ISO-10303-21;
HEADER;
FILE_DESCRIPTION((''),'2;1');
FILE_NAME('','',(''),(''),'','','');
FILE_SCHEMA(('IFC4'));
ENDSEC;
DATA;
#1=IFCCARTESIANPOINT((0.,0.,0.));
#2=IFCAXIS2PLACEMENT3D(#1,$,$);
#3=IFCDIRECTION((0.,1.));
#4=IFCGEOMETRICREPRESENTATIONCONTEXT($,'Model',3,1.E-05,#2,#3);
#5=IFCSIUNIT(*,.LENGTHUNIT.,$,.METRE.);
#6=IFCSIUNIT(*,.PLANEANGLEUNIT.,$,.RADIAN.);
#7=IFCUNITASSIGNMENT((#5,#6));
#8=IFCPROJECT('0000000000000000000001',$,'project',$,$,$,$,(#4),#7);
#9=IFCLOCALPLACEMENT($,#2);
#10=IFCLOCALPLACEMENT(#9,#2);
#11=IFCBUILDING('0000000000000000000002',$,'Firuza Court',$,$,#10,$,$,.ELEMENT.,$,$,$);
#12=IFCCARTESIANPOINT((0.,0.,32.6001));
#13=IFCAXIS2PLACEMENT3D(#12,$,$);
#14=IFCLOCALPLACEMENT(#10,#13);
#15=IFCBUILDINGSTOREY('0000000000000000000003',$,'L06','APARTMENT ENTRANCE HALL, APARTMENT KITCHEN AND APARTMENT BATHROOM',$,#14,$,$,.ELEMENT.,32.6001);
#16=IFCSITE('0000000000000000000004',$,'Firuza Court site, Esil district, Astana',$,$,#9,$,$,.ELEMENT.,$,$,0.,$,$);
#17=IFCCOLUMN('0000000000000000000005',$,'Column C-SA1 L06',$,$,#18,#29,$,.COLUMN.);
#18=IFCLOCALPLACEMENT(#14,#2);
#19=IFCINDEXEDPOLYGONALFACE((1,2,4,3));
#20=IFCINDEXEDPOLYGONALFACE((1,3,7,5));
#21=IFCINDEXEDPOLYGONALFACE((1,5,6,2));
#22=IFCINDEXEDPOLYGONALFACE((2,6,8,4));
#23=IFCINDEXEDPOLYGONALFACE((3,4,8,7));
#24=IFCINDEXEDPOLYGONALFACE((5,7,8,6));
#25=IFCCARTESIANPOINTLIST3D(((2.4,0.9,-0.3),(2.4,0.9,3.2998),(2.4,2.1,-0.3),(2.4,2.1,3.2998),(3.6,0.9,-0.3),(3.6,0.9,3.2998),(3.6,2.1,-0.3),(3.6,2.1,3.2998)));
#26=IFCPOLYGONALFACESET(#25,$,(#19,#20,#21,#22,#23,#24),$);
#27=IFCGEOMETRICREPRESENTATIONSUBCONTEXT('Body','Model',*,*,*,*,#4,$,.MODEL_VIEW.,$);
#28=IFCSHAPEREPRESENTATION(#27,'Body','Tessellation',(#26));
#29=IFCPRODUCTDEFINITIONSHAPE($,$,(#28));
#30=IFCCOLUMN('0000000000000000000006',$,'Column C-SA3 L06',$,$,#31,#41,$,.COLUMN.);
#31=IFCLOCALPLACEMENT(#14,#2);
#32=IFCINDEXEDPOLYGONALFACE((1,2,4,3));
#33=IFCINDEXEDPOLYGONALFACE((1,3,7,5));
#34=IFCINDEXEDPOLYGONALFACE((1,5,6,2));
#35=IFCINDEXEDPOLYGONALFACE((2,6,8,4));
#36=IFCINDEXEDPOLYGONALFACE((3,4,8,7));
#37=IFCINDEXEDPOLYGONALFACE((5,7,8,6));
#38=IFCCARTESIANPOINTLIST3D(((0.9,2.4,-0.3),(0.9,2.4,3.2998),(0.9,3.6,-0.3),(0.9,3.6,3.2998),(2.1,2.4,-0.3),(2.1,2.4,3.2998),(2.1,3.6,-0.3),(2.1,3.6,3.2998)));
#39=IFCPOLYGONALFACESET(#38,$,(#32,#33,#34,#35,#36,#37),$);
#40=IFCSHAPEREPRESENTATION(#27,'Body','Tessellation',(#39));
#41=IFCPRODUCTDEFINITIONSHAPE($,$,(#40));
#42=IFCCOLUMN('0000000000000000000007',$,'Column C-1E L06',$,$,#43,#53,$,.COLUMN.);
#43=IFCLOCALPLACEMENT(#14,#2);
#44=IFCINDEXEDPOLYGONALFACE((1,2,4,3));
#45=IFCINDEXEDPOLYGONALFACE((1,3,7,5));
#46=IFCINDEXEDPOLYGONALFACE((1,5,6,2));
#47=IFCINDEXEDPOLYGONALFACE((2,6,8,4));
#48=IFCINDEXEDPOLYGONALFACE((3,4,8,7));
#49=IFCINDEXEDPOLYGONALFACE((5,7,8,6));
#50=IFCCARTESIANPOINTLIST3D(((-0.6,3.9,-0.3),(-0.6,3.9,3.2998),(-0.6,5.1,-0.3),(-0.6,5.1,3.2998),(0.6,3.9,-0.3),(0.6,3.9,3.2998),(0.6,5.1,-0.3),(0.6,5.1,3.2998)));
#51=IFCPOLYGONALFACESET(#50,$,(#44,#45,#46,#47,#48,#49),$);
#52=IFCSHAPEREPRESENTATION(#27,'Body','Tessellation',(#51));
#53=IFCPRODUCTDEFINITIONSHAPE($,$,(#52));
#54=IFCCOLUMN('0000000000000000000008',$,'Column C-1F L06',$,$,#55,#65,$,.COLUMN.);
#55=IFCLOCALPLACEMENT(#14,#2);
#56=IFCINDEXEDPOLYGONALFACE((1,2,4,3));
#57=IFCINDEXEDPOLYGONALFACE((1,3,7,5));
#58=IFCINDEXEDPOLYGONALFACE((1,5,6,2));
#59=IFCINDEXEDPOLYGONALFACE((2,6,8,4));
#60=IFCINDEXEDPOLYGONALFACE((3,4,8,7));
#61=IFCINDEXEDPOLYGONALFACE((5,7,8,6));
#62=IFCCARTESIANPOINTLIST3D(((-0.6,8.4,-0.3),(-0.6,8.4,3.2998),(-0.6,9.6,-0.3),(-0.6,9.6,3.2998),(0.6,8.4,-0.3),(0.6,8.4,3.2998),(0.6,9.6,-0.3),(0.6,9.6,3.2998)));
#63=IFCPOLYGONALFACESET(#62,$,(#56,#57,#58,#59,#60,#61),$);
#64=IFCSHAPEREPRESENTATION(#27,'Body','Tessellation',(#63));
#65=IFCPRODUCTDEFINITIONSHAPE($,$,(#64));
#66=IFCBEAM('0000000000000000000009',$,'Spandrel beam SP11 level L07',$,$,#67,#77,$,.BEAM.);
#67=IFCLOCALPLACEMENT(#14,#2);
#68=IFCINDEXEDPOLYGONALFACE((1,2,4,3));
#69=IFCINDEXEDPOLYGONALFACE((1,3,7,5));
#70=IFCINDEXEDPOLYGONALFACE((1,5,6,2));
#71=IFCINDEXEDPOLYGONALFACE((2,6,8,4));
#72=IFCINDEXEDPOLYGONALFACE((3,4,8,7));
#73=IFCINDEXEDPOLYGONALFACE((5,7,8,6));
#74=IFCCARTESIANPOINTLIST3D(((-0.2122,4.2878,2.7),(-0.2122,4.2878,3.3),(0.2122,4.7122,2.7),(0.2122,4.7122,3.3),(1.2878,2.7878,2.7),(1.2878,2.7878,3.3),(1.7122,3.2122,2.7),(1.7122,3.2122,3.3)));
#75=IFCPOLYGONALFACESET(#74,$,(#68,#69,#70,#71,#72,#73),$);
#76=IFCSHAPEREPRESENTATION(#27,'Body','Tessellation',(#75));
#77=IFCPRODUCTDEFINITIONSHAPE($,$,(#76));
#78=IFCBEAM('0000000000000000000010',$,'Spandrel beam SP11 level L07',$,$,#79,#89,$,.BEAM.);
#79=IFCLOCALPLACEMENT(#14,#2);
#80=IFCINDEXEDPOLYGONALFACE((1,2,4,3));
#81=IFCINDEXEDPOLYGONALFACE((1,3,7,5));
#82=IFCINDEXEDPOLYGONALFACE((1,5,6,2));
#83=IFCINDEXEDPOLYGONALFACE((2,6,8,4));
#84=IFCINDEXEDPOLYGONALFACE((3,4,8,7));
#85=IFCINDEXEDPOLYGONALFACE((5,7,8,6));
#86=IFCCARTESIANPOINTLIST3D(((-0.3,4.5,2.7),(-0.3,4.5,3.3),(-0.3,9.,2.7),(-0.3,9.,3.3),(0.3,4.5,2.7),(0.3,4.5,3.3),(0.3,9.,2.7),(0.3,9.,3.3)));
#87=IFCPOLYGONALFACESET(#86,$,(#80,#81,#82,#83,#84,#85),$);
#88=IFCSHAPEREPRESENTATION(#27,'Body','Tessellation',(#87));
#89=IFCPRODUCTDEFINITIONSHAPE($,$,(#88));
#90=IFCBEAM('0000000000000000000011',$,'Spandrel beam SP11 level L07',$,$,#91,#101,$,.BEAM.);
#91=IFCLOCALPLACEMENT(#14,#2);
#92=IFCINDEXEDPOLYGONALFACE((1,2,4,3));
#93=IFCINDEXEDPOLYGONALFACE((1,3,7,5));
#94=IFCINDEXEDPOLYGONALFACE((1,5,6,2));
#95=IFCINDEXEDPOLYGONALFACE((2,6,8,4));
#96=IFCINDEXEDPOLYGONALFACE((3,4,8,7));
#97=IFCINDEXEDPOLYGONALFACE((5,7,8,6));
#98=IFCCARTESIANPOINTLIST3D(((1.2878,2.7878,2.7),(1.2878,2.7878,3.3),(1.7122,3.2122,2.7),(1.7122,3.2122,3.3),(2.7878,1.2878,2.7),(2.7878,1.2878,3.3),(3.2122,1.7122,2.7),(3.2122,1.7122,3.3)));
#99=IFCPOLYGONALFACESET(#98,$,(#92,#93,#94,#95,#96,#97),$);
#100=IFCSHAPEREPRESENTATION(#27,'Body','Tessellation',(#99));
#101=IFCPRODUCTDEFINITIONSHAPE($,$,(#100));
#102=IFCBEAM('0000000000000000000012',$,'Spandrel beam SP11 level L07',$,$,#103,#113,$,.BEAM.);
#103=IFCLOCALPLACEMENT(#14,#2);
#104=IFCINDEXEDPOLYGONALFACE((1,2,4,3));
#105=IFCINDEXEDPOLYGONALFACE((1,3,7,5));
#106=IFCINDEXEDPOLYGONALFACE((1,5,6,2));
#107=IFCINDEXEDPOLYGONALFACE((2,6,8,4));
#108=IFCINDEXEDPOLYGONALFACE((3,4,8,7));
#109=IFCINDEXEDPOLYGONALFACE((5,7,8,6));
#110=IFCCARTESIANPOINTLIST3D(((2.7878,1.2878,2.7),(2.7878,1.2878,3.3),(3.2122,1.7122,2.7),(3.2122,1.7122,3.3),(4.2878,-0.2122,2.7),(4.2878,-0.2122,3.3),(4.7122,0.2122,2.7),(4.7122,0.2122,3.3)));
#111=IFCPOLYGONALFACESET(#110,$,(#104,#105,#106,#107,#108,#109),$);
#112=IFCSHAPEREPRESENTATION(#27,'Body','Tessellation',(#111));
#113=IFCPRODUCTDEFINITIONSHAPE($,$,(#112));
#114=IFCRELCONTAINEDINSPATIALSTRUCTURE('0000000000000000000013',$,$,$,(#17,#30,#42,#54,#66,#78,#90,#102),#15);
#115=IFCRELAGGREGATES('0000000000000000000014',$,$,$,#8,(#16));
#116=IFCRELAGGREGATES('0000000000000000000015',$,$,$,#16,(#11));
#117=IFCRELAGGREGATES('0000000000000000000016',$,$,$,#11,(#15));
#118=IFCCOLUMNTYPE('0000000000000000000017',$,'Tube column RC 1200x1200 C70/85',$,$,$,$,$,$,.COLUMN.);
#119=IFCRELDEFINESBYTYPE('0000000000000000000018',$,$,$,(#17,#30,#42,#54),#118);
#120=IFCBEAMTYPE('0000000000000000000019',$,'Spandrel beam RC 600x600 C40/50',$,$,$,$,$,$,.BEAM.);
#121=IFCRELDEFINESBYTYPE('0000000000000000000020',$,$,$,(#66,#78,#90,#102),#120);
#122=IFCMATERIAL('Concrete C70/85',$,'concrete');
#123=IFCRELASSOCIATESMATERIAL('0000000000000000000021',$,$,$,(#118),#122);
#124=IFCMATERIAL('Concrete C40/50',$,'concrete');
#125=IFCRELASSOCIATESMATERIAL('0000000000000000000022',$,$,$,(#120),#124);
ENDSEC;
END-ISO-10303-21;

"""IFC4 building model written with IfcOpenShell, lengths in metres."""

from ifc_helpers import new_model, si_unit, direction, frame, origin, origin_2d, place, context, subcontext, project, spatial, rectangle, extrude, material, material_profile, profile_set, type_object, element, save


model = new_model("IFC4")

# Units and contexts
model_context = context("Model", 3, precision=1e-05, world=origin(), true_north=direction((0.0, 1.0)))
body_context = subcontext(model_context, "Body", "Model", "MODEL_VIEW")
ifc_project = project(units=[si_unit("LENGTHUNIT", "METRE"), si_unit("PLANEANGLEUNIT", "RADIAN")], contexts=[model_context])

# Site, building, storey
site_placement = place(None, origin())
site = spatial("IfcSite", under=ifc_project, at=site_placement, Name="Firuza Court site, Esil district, Astana", CompositionType="ELEMENT", RefElevation=0.0)
building_placement = place(site_placement, origin())
building = spatial("IfcBuilding", under=site, at=building_placement, Name="Firuza Court", CompositionType="ELEMENT")
storey_placement = place(building_placement, frame((0.0, 0.0, 32.6001)))
storey = spatial("IfcBuildingStorey", under=building, at=storey_placement, Name="L06", Description="APARTMENT ENTRANCE HALL, APARTMENT KITCHEN AND APARTMENT BATHROOM", CompositionType="ELEMENT", Elevation=32.6001)

# Columns
ifc_material_1 = material(Name="Concrete C70/85", Category="concrete")
ifc_material_profile_1 = material_profile(ifc_material_1, rectangle(XDim=1.2, YDim=1.2, at=origin_2d()), Name="RC 1200x1200")
ifc_profile_set_1 = profile_set([ifc_material_profile_1], Name="Concrete C70/85")
column_type = type_object("IfcColumnType", Name="Tube column RC 1200x1200 C70/85", PredefinedType="COLUMN", material=ifc_profile_set_1)
for number, where, z_axis, x_axis, name in (
    (1, (3.0, 1.5, -0.3), (0.0, 0.0, 1.0), (1.0, 0.0, 0.0), "Column C-SA1 L06"),
    (2, (1.5, 3.0, -0.3), (0.0, 0.0, 1.0), (1.0, 0.0, 0.0), "Column C-SA3 L06"),
    (3, (0.0, 4.5, -0.3), (0.0, 0.0, 1.0), (1.0, 0.0, 0.0), "Column C-1E L06"),
    (4, (0.0, 9.0, -0.3), (0.0, 0.0, 1.0), (1.0, 0.0, 0.0), "Column C-1F L06"),
):
    element("IfcColumn", number, at=place(storey_placement, frame(where, z_axis=z_axis, x_axis=x_axis)), inside=storey, type_object=column_type, Name=name, PredefinedType="COLUMN", context=body_context, shape_type="SweptSolid", body=[
        extrude(rectangle(XDim=1.2, YDim=1.2, at=origin_2d()), origin(), (0.0, 0.0, 1.0), 3.5999),
    ])

# Beams
ifc_material_2 = material(Name="Concrete C40/50", Category="concrete")
ifc_material_profile_2 = material_profile(ifc_material_2, rectangle(XDim=0.6001, YDim=0.6001, at=origin_2d()), Name="RC 600x600")
ifc_profile_set_2 = profile_set([ifc_material_profile_2], Name="Concrete C40/50")
beam_type = type_object("IfcBeamType", Name="Spandrel beam RC 600x600 C40/50", PredefinedType="BEAM", material=ifc_profile_set_2)
beam_1_placement = place(storey_placement, frame((0.0, 4.5, 3.0), z_axis=(0.707107, -0.707107, 0.0), x_axis=(0.707107, 0.707107, 0.0)))
element("IfcBeam", 5, at=beam_1_placement, inside=storey, type_object=beam_type, Name="Spandrel beam SP11 level L07", PredefinedType="BEAM", context=body_context, shape_type="SweptSolid", body=[
    extrude(rectangle(XDim=0.6001, YDim=0.6001, at=origin_2d()), origin(), (0.0, 0.0, 1.0), 2.1213),
])
beam_2_placement = place(storey_placement, frame((0.0, 9.0, 3.0), z_axis=(0.0, -1.0, 0.0), x_axis=(1.0, 0.0, 0.0)))
element("IfcBeam", 6, at=beam_2_placement, inside=storey, type_object=beam_type, Name="Spandrel beam SP11 level L07", PredefinedType="BEAM", context=body_context, shape_type="SweptSolid", body=[
    extrude(rectangle(XDim=0.6001, YDim=0.6001, at=origin_2d()), origin(), (0.0, 0.0, 1.0), 4.5),
])
for number, where, z_axis, x_axis, name in (
    (7, (1.5, 3.0, 3.0), (0.707107, -0.707107, 0.0), (0.707107, 0.707107, 0.0), "Spandrel beam SP11 level L07"),
    (8, (3.0, 1.5, 3.0), (0.707107, -0.707107, 0.0), (0.707107, 0.707107, 0.0), "Spandrel beam SP11 level L07"),
):
    element("IfcBeam", number, at=place(storey_placement, frame(where, z_axis=z_axis, x_axis=x_axis)), inside=storey, type_object=beam_type, Name=name, PredefinedType="BEAM", context=body_context, shape_type="SweptSolid", body=[
        extrude(rectangle(XDim=0.6001, YDim=0.6001, at=origin_2d()), origin(), (0.0, 0.0, 1.0), 2.1213),
    ])

save(model, "model.ifc")
